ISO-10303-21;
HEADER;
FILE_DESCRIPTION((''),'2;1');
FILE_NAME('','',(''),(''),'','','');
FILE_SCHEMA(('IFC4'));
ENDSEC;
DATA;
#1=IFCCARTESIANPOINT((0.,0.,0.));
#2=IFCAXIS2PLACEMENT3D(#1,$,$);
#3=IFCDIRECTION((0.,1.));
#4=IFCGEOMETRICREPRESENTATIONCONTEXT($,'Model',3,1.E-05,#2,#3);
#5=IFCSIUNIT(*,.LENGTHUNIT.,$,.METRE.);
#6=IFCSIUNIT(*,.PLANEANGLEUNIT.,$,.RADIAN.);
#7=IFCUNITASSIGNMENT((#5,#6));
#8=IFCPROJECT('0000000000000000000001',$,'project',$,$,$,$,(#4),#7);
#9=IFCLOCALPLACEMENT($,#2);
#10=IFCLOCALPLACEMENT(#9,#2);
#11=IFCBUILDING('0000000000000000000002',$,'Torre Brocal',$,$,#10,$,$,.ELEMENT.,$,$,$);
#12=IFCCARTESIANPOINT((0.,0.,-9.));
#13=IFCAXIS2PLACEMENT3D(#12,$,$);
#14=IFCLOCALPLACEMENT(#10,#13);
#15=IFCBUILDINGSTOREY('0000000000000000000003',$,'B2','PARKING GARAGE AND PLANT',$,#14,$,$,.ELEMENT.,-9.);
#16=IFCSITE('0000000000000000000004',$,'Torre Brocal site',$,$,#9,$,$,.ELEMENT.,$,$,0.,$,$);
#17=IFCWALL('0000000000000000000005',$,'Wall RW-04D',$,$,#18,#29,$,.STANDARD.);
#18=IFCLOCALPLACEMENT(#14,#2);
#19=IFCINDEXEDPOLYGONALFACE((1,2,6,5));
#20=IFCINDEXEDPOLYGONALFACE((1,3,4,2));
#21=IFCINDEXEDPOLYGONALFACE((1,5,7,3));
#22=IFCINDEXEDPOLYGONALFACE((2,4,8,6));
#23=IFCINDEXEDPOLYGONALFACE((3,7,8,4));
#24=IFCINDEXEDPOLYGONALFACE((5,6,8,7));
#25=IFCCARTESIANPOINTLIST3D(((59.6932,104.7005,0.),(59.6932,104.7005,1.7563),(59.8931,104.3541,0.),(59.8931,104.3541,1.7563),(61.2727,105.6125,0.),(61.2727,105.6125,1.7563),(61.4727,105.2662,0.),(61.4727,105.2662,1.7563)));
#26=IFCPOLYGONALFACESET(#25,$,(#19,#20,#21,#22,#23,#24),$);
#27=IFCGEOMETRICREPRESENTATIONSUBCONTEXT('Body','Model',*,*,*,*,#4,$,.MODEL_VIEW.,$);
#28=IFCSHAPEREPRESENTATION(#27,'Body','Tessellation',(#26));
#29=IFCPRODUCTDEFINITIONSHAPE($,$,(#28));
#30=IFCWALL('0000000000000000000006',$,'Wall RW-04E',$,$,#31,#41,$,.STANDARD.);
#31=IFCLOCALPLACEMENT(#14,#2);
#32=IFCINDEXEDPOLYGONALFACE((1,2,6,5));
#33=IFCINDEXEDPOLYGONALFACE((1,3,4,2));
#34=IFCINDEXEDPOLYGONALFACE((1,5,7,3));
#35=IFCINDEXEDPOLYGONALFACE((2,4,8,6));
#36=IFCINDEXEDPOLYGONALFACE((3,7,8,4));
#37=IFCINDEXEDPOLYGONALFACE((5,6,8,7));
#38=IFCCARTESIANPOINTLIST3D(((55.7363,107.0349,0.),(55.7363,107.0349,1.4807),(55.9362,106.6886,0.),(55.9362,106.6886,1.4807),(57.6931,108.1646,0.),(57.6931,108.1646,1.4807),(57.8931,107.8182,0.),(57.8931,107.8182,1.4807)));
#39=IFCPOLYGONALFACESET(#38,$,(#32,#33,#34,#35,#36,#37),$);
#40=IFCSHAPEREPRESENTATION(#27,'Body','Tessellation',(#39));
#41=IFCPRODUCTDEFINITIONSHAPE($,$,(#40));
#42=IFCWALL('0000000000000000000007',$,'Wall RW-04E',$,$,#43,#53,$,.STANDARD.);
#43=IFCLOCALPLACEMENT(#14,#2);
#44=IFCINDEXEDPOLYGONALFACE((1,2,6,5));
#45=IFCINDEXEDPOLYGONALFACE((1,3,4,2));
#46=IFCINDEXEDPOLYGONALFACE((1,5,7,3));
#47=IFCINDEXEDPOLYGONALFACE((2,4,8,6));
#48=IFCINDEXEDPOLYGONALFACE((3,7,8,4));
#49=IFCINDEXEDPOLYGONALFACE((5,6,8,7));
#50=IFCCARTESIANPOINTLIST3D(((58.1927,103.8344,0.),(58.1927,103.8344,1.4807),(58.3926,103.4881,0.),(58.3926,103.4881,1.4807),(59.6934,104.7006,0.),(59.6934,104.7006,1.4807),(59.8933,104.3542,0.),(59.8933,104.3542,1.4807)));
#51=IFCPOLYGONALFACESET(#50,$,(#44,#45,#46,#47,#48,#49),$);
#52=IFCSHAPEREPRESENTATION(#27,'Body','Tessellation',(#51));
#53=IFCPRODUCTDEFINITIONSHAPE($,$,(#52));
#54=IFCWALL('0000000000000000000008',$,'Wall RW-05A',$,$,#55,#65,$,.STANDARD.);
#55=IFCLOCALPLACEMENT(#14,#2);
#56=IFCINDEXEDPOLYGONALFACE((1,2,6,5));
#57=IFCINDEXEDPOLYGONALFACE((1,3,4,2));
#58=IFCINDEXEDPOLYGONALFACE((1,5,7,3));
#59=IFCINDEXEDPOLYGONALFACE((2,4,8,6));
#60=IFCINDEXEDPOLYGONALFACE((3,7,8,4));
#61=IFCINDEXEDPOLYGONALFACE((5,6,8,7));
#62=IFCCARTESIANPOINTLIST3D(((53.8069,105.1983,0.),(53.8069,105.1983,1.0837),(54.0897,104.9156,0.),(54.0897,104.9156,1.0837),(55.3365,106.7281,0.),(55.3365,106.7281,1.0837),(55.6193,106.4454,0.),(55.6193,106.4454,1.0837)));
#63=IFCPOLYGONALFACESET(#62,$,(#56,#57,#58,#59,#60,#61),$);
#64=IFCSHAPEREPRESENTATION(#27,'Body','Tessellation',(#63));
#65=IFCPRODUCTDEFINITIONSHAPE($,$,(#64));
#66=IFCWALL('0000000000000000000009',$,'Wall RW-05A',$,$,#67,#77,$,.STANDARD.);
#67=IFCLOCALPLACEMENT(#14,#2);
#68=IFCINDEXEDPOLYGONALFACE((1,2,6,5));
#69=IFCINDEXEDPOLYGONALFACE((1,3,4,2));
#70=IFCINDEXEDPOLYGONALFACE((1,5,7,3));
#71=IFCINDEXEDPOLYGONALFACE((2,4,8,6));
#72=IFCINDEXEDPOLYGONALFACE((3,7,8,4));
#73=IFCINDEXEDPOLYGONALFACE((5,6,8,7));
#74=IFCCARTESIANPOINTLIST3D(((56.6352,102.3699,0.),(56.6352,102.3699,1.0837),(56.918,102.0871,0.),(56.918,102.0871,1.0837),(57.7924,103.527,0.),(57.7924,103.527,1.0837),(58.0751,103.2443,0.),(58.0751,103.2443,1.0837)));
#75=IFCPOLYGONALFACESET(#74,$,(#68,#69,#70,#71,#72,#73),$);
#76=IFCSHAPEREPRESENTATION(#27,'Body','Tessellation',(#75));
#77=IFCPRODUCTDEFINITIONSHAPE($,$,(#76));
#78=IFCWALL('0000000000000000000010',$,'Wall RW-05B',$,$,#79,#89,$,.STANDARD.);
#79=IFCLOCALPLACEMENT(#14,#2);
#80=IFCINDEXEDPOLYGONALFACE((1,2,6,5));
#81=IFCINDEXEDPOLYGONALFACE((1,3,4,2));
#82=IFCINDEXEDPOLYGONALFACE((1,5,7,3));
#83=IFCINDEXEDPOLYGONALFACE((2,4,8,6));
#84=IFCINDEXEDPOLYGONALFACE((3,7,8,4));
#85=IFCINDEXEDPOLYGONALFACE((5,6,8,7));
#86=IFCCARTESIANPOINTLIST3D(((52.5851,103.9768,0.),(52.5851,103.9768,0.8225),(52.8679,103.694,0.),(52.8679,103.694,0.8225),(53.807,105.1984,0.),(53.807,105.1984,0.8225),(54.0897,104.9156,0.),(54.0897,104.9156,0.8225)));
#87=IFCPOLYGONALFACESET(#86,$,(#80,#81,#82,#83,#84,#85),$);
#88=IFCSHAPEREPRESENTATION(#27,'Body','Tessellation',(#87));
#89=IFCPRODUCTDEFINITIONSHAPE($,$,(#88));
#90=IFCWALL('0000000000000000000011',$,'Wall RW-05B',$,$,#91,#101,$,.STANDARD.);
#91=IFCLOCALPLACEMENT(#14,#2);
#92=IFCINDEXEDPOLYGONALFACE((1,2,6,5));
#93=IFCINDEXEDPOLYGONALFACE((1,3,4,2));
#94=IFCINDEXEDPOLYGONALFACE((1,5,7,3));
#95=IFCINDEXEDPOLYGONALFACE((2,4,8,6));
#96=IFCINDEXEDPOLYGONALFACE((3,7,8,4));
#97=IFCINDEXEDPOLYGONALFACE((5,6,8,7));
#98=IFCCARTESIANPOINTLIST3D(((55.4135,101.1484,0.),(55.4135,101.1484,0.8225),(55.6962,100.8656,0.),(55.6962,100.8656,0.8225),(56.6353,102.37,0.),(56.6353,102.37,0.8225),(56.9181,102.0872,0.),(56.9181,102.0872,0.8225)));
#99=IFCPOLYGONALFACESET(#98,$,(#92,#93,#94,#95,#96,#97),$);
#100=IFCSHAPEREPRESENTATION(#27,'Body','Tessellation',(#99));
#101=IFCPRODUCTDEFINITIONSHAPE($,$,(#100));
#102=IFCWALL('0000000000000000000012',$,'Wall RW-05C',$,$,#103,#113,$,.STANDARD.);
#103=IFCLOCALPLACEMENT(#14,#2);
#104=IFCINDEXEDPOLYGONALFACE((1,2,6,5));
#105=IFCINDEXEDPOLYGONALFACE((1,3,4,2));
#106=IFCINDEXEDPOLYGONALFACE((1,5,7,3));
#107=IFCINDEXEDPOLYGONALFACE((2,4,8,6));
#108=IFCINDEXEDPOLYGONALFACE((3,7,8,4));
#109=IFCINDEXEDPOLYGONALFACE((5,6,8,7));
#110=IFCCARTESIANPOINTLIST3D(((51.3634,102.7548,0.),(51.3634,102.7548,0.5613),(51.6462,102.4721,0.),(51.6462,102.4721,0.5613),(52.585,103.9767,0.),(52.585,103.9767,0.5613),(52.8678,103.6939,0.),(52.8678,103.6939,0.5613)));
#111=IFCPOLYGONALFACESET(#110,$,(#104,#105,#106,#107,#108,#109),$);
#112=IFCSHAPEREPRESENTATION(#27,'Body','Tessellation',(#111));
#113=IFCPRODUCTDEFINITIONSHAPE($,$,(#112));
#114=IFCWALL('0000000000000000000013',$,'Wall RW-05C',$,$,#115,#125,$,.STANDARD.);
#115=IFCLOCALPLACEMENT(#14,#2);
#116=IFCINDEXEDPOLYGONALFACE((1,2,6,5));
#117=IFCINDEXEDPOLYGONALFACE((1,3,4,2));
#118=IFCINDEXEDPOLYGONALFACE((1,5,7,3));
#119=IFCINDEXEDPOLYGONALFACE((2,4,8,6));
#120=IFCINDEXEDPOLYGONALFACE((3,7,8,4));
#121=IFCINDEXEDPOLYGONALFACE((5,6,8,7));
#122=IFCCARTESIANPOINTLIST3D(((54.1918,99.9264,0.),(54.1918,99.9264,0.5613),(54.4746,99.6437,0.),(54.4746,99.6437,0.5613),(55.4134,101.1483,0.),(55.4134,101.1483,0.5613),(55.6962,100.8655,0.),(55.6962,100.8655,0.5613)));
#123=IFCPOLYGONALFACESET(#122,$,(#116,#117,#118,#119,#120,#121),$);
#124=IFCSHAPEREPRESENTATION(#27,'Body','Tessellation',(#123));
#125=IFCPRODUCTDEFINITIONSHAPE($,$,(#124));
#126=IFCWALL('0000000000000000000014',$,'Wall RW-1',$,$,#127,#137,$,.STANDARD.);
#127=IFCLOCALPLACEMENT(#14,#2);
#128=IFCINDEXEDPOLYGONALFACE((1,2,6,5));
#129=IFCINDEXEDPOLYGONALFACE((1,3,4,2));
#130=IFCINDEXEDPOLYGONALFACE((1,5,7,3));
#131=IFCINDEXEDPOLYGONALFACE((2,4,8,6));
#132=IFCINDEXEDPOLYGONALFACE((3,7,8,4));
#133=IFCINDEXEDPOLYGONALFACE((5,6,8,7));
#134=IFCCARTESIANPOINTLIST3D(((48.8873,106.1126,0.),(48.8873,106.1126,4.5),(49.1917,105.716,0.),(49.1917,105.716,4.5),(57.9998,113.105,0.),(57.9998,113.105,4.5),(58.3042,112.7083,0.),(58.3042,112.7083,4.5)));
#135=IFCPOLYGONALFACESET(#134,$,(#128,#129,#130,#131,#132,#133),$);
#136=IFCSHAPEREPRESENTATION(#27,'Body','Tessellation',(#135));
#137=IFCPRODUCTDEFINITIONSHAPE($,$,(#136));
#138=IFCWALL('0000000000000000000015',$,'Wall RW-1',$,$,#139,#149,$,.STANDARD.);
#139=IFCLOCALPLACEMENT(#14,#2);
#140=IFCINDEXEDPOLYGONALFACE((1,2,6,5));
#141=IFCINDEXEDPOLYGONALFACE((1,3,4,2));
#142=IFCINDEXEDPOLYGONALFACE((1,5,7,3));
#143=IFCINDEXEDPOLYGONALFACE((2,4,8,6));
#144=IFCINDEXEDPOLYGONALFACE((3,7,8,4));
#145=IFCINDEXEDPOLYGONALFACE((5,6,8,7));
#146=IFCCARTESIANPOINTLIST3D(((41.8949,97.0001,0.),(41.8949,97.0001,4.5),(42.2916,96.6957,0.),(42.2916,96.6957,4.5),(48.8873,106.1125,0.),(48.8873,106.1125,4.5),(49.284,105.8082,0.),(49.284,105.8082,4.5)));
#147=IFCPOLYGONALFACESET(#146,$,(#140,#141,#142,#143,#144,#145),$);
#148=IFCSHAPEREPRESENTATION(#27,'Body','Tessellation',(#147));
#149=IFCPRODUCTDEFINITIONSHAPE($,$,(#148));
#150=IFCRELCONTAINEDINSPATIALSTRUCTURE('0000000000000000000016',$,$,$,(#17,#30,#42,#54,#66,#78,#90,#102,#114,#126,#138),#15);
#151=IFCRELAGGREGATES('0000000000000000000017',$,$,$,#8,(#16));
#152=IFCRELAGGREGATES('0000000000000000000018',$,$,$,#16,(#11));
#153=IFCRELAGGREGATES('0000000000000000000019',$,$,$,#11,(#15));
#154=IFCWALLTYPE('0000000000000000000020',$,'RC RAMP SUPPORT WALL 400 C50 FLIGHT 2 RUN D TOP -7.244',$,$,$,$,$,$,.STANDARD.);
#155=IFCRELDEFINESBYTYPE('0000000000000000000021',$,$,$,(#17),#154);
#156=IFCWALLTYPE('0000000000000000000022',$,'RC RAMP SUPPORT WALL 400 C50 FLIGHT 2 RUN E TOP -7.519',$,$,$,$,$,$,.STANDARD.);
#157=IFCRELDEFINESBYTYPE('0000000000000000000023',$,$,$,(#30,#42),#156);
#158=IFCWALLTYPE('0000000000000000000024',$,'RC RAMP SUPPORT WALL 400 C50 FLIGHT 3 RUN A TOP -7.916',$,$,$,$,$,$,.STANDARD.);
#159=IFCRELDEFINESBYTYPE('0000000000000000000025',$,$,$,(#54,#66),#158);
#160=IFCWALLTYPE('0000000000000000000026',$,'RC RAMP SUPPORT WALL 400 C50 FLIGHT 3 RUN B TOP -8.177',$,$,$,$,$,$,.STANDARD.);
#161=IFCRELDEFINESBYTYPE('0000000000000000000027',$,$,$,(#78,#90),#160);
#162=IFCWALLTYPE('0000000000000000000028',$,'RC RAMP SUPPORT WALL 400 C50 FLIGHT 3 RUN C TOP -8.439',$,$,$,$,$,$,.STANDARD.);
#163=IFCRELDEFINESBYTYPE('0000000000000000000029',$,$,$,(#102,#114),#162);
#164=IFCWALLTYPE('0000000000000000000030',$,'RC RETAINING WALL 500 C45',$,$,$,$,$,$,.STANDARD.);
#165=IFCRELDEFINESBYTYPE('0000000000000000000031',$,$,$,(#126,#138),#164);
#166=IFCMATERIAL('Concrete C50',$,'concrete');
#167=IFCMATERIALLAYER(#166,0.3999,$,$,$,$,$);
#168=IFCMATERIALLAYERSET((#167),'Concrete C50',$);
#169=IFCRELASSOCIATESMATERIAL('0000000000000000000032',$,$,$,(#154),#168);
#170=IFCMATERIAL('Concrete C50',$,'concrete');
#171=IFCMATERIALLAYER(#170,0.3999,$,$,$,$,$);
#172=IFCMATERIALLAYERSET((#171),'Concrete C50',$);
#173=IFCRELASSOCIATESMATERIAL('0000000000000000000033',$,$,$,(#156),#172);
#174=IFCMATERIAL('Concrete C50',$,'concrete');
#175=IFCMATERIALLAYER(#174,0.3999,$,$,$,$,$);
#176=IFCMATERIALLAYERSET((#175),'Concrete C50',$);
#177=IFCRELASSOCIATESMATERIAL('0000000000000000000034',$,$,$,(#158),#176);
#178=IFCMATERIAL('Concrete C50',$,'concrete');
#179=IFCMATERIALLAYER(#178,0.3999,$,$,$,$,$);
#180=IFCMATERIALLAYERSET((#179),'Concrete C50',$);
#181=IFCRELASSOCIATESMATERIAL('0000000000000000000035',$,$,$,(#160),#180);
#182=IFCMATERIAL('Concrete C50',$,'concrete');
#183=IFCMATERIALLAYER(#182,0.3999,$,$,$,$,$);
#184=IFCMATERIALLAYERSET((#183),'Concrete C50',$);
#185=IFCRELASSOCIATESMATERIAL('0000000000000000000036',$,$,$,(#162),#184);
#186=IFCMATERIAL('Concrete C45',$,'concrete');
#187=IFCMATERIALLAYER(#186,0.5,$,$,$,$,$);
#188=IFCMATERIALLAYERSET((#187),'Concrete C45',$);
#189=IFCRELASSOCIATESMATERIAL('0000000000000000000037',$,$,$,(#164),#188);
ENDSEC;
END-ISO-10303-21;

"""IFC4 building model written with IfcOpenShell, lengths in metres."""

from ifc_helpers import new_model, si_unit, direction, frame, frame_2d, origin, place, context, subcontext, project, spatial, rectangle, extrude, material, layer, layer_set, type_object, element, save


model = new_model("IFC4")

# Units and contexts
model_context = context("Model", 3, precision=1e-05, world=origin(), true_north=direction((0.0, 1.0)))
body_context = subcontext(model_context, "Body", "Model", "MODEL_VIEW")
ifc_project = project(units=[si_unit("LENGTHUNIT", "METRE"), si_unit("PLANEANGLEUNIT", "RADIAN")], contexts=[model_context])

# Site, building, storey
site_placement = place(None, origin())
site = spatial("IfcSite", under=ifc_project, at=site_placement, Name="Torre Brocal site", CompositionType="ELEMENT", RefElevation=0.0)
building_placement = place(site_placement, origin())
building = spatial("IfcBuilding", under=site, at=building_placement, Name="Torre Brocal", CompositionType="ELEMENT")
storey_placement = place(building_placement, frame((0.0, 0.0, -9.0)))
storey = spatial("IfcBuildingStorey", under=building, at=storey_placement, Name="B2", Description="PARKING GARAGE AND PLANT", CompositionType="ELEMENT", Elevation=-9.0)

# Walls
ifc_material_1 = material(Name="Concrete C50", Category="concrete")
ifc_layer_1 = layer(ifc_material_1, 0.3999)
ifc_layer_set_1 = layer_set([ifc_layer_1], Name="Concrete C50")
wall_type_1 = type_object("IfcWallType", Name="RC RAMP SUPPORT WALL 400 C50 FLIGHT 2 RUN D TOP -7.244", PredefinedType="STANDARD", material=ifc_layer_set_1)
for number, where, z_axis, x_axis, name in (
    (1, (61.3728, 105.4395, 0.0), (0.0, 0.0, 1.0), (-0.865994, -0.500055, 0.0), "Wall RW-04D"),
):
    element("IfcWall", number, at=place(storey_placement, frame(where, z_axis=z_axis, x_axis=x_axis)), inside=storey, type_object=wall_type_1, Name=name, PredefinedType="STANDARD", context=body_context, shape_type="SweptSolid", body=[
        extrude(rectangle(XDim=1.824, YDim=0.3999, at=frame_2d((0.9121, 0.0))), origin(), (0.0, 0.0, 1.0), 1.7563),
    ])
ifc_material_2 = material(Name="Concrete C50", Category="concrete")
ifc_layer_2 = layer(ifc_material_2, 0.3999)
ifc_layer_set_2 = layer_set([ifc_layer_2], Name="Concrete C50")
wall_type_2 = type_object("IfcWallType", Name="RC RAMP SUPPORT WALL 400 C50 FLIGHT 2 RUN E TOP -7.519", PredefinedType="STANDARD", material=ifc_layer_set_2)
wall_1_placement = place(storey_placement, frame((57.7932, 107.9915, 0.0), z_axis=(0.0, 0.0, 1.0), x_axis=(-0.866047, -0.499963, 0.0)))
element("IfcWall", 2, at=wall_1_placement, inside=storey, type_object=wall_type_2, Name="Wall RW-04E", PredefinedType="STANDARD", context=body_context, shape_type="SweptSolid", body=[
    extrude(rectangle(XDim=2.2595, YDim=0.3999, at=frame_2d((1.1299, 0.0))), origin(), (0.0, 0.0, 1.0), 1.4807),
])
wall_2_placement = place(storey_placement, frame((59.7932, 104.5273, 0.0), z_axis=(0.0, 0.0, 1.0), x_axis=(-0.866085, -0.499897, 0.0)))
element("IfcWall", 3, at=wall_2_placement, inside=storey, type_object=wall_type_2, Name="Wall RW-04E", PredefinedType="STANDARD", context=body_context, shape_type="SweptSolid", body=[
    extrude(rectangle(XDim=1.7327, YDim=0.3999, at=frame_2d((0.8662, 0.0))), origin(), (0.0, 0.0, 1.0), 1.4807),
])
ifc_material_3 = material(Name="Concrete C50", Category="concrete")
ifc_layer_3 = layer(ifc_material_3, 0.3999)
ifc_layer_set_3 = layer_set([ifc_layer_3], Name="Concrete C50")
wall_type_3 = type_object("IfcWallType", Name="RC RAMP SUPPORT WALL 400 C50 FLIGHT 3 RUN A TOP -7.916", PredefinedType="STANDARD", material=ifc_layer_set_3)
wall_3_placement = place(storey_placement, frame((55.4778, 106.5867, 0.0), z_axis=(0.0, 0.0, 1.0), x_axis=(-0.70705, -0.707163, 0.0)))
element("IfcWall", 4, at=wall_3_placement, inside=storey, type_object=wall_type_3, Name="Wall RW-05A", PredefinedType="STANDARD", context=body_context, shape_type="SweptSolid", body=[
    extrude(rectangle(XDim=2.1633, YDim=0.3999, at=frame_2d((1.0815, 0.0))), origin(), (0.0, 0.0, 1.0), 1.0837),
])
wall_4_placement = place(storey_placement, frame((57.9338, 103.3857, 0.0), z_axis=(0.0, 0.0, 1.0), x_axis=(-0.707107, -0.707107, 0.0)))
element("IfcWall", 5, at=wall_4_placement, inside=storey, type_object=wall_type_3, Name="Wall RW-05A", PredefinedType="STANDARD", context=body_context, shape_type="SweptSolid", body=[
    extrude(rectangle(XDim=1.6365, YDim=0.3999, at=frame_2d((0.8184, 0.0))), origin(), (0.0, 0.0, 1.0), 1.0837),
])
ifc_material_4 = material(Name="Concrete C50", Category="concrete")
ifc_layer_4 = layer(ifc_material_4, 0.3999)
ifc_layer_set_4 = layer_set([ifc_layer_4], Name="Concrete C50")
wall_type_4 = type_object("IfcWallType", Name="RC RAMP SUPPORT WALL 400 C50 FLIGHT 3 RUN B TOP -8.177", PredefinedType="STANDARD", material=ifc_layer_set_4)
for number, where, z_axis, x_axis, name in (
    (6, (53.9482, 105.0569, 0.0), (0.0, 0.0, 1.0), (-0.707177, -0.707036, 0.0), "Wall RW-05B"),
    (7, (56.7766, 102.2285, 0.0), (0.0, 0.0, 1.0), (-0.707177, -0.707036, 0.0), "Wall RW-05B"),
):
    element("IfcWall", number, at=place(storey_placement, frame(where, z_axis=z_axis, x_axis=x_axis)), inside=storey, type_object=wall_type_4, Name=name, PredefinedType="STANDARD", context=body_context, shape_type="SweptSolid", body=[
        extrude(rectangle(XDim=1.7278, YDim=0.3999, at=frame_2d((0.8638, 0.0))), origin(), (0.0, 0.0, 1.0), 0.8225),
    ])
ifc_material_5 = material(Name="Concrete C50", Category="concrete")
ifc_layer_5 = layer(ifc_material_5, 0.3999)
ifc_layer_set_5 = layer_set([ifc_layer_5], Name="Concrete C50")
wall_type_5 = type_object("IfcWallType", Name="RC RAMP SUPPORT WALL 400 C50 FLIGHT 3 RUN C TOP -8.439", PredefinedType="STANDARD", material=ifc_layer_set_5)
for number, where, z_axis, x_axis, name in (
    (8, (52.7263, 103.8352, 0.0), (0.0, 0.0, 1.0), (-0.707036, -0.707177, 0.0), "Wall RW-05C"),
    (9, (55.5547, 101.0068, 0.0), (0.0, 0.0, 1.0), (-0.707036, -0.707177, 0.0), "Wall RW-05C"),
):
    element("IfcWall", number, at=place(storey_placement, frame(where, z_axis=z_axis, x_axis=x_axis)), inside=storey, type_object=wall_type_5, Name=name, PredefinedType="STANDARD", context=body_context, shape_type="SweptSolid", body=[
        extrude(rectangle(XDim=1.7278, YDim=0.3999, at=frame_2d((0.8638, 0.0))), origin(), (0.0, 0.0, 1.0), 0.5613),
    ])
ifc_material_6 = material(Name="Concrete C45", Category="concrete")
ifc_layer_6 = layer(ifc_material_6, 0.5)
ifc_layer_set_6 = layer_set([ifc_layer_6], Name="Concrete C45")
wall_type_6 = type_object("IfcWallType", Name="RC RETAINING WALL 500 C45", PredefinedType="STANDARD", material=ifc_layer_set_6)
for number, where, z_axis, x_axis, name in (
    (10, (58.1521, 112.9067, 0.0), (0.0, 0.0, 1.0), (-0.793348, -0.608768, 0.0), "Wall RW-1"),
    (11, (49.0857, 105.9604, 0.0), (0.0, 0.0, 1.0), (-0.608768, -0.793348, 0.0), "Wall RW-1"),
):
    element("IfcWall", number, at=place(storey_placement, frame(where, z_axis=z_axis, x_axis=x_axis)), inside=storey, type_object=wall_type_6, Name=name, PredefinedType="STANDARD", context=body_context, shape_type="SweptSolid", body=[
        extrude(rectangle(XDim=11.4861, YDim=0.5, at=frame_2d((5.7432, 0.0))), origin(), (0.0, 0.0, 1.0), 4.5),
    ])

save(model, "model.ifc")
